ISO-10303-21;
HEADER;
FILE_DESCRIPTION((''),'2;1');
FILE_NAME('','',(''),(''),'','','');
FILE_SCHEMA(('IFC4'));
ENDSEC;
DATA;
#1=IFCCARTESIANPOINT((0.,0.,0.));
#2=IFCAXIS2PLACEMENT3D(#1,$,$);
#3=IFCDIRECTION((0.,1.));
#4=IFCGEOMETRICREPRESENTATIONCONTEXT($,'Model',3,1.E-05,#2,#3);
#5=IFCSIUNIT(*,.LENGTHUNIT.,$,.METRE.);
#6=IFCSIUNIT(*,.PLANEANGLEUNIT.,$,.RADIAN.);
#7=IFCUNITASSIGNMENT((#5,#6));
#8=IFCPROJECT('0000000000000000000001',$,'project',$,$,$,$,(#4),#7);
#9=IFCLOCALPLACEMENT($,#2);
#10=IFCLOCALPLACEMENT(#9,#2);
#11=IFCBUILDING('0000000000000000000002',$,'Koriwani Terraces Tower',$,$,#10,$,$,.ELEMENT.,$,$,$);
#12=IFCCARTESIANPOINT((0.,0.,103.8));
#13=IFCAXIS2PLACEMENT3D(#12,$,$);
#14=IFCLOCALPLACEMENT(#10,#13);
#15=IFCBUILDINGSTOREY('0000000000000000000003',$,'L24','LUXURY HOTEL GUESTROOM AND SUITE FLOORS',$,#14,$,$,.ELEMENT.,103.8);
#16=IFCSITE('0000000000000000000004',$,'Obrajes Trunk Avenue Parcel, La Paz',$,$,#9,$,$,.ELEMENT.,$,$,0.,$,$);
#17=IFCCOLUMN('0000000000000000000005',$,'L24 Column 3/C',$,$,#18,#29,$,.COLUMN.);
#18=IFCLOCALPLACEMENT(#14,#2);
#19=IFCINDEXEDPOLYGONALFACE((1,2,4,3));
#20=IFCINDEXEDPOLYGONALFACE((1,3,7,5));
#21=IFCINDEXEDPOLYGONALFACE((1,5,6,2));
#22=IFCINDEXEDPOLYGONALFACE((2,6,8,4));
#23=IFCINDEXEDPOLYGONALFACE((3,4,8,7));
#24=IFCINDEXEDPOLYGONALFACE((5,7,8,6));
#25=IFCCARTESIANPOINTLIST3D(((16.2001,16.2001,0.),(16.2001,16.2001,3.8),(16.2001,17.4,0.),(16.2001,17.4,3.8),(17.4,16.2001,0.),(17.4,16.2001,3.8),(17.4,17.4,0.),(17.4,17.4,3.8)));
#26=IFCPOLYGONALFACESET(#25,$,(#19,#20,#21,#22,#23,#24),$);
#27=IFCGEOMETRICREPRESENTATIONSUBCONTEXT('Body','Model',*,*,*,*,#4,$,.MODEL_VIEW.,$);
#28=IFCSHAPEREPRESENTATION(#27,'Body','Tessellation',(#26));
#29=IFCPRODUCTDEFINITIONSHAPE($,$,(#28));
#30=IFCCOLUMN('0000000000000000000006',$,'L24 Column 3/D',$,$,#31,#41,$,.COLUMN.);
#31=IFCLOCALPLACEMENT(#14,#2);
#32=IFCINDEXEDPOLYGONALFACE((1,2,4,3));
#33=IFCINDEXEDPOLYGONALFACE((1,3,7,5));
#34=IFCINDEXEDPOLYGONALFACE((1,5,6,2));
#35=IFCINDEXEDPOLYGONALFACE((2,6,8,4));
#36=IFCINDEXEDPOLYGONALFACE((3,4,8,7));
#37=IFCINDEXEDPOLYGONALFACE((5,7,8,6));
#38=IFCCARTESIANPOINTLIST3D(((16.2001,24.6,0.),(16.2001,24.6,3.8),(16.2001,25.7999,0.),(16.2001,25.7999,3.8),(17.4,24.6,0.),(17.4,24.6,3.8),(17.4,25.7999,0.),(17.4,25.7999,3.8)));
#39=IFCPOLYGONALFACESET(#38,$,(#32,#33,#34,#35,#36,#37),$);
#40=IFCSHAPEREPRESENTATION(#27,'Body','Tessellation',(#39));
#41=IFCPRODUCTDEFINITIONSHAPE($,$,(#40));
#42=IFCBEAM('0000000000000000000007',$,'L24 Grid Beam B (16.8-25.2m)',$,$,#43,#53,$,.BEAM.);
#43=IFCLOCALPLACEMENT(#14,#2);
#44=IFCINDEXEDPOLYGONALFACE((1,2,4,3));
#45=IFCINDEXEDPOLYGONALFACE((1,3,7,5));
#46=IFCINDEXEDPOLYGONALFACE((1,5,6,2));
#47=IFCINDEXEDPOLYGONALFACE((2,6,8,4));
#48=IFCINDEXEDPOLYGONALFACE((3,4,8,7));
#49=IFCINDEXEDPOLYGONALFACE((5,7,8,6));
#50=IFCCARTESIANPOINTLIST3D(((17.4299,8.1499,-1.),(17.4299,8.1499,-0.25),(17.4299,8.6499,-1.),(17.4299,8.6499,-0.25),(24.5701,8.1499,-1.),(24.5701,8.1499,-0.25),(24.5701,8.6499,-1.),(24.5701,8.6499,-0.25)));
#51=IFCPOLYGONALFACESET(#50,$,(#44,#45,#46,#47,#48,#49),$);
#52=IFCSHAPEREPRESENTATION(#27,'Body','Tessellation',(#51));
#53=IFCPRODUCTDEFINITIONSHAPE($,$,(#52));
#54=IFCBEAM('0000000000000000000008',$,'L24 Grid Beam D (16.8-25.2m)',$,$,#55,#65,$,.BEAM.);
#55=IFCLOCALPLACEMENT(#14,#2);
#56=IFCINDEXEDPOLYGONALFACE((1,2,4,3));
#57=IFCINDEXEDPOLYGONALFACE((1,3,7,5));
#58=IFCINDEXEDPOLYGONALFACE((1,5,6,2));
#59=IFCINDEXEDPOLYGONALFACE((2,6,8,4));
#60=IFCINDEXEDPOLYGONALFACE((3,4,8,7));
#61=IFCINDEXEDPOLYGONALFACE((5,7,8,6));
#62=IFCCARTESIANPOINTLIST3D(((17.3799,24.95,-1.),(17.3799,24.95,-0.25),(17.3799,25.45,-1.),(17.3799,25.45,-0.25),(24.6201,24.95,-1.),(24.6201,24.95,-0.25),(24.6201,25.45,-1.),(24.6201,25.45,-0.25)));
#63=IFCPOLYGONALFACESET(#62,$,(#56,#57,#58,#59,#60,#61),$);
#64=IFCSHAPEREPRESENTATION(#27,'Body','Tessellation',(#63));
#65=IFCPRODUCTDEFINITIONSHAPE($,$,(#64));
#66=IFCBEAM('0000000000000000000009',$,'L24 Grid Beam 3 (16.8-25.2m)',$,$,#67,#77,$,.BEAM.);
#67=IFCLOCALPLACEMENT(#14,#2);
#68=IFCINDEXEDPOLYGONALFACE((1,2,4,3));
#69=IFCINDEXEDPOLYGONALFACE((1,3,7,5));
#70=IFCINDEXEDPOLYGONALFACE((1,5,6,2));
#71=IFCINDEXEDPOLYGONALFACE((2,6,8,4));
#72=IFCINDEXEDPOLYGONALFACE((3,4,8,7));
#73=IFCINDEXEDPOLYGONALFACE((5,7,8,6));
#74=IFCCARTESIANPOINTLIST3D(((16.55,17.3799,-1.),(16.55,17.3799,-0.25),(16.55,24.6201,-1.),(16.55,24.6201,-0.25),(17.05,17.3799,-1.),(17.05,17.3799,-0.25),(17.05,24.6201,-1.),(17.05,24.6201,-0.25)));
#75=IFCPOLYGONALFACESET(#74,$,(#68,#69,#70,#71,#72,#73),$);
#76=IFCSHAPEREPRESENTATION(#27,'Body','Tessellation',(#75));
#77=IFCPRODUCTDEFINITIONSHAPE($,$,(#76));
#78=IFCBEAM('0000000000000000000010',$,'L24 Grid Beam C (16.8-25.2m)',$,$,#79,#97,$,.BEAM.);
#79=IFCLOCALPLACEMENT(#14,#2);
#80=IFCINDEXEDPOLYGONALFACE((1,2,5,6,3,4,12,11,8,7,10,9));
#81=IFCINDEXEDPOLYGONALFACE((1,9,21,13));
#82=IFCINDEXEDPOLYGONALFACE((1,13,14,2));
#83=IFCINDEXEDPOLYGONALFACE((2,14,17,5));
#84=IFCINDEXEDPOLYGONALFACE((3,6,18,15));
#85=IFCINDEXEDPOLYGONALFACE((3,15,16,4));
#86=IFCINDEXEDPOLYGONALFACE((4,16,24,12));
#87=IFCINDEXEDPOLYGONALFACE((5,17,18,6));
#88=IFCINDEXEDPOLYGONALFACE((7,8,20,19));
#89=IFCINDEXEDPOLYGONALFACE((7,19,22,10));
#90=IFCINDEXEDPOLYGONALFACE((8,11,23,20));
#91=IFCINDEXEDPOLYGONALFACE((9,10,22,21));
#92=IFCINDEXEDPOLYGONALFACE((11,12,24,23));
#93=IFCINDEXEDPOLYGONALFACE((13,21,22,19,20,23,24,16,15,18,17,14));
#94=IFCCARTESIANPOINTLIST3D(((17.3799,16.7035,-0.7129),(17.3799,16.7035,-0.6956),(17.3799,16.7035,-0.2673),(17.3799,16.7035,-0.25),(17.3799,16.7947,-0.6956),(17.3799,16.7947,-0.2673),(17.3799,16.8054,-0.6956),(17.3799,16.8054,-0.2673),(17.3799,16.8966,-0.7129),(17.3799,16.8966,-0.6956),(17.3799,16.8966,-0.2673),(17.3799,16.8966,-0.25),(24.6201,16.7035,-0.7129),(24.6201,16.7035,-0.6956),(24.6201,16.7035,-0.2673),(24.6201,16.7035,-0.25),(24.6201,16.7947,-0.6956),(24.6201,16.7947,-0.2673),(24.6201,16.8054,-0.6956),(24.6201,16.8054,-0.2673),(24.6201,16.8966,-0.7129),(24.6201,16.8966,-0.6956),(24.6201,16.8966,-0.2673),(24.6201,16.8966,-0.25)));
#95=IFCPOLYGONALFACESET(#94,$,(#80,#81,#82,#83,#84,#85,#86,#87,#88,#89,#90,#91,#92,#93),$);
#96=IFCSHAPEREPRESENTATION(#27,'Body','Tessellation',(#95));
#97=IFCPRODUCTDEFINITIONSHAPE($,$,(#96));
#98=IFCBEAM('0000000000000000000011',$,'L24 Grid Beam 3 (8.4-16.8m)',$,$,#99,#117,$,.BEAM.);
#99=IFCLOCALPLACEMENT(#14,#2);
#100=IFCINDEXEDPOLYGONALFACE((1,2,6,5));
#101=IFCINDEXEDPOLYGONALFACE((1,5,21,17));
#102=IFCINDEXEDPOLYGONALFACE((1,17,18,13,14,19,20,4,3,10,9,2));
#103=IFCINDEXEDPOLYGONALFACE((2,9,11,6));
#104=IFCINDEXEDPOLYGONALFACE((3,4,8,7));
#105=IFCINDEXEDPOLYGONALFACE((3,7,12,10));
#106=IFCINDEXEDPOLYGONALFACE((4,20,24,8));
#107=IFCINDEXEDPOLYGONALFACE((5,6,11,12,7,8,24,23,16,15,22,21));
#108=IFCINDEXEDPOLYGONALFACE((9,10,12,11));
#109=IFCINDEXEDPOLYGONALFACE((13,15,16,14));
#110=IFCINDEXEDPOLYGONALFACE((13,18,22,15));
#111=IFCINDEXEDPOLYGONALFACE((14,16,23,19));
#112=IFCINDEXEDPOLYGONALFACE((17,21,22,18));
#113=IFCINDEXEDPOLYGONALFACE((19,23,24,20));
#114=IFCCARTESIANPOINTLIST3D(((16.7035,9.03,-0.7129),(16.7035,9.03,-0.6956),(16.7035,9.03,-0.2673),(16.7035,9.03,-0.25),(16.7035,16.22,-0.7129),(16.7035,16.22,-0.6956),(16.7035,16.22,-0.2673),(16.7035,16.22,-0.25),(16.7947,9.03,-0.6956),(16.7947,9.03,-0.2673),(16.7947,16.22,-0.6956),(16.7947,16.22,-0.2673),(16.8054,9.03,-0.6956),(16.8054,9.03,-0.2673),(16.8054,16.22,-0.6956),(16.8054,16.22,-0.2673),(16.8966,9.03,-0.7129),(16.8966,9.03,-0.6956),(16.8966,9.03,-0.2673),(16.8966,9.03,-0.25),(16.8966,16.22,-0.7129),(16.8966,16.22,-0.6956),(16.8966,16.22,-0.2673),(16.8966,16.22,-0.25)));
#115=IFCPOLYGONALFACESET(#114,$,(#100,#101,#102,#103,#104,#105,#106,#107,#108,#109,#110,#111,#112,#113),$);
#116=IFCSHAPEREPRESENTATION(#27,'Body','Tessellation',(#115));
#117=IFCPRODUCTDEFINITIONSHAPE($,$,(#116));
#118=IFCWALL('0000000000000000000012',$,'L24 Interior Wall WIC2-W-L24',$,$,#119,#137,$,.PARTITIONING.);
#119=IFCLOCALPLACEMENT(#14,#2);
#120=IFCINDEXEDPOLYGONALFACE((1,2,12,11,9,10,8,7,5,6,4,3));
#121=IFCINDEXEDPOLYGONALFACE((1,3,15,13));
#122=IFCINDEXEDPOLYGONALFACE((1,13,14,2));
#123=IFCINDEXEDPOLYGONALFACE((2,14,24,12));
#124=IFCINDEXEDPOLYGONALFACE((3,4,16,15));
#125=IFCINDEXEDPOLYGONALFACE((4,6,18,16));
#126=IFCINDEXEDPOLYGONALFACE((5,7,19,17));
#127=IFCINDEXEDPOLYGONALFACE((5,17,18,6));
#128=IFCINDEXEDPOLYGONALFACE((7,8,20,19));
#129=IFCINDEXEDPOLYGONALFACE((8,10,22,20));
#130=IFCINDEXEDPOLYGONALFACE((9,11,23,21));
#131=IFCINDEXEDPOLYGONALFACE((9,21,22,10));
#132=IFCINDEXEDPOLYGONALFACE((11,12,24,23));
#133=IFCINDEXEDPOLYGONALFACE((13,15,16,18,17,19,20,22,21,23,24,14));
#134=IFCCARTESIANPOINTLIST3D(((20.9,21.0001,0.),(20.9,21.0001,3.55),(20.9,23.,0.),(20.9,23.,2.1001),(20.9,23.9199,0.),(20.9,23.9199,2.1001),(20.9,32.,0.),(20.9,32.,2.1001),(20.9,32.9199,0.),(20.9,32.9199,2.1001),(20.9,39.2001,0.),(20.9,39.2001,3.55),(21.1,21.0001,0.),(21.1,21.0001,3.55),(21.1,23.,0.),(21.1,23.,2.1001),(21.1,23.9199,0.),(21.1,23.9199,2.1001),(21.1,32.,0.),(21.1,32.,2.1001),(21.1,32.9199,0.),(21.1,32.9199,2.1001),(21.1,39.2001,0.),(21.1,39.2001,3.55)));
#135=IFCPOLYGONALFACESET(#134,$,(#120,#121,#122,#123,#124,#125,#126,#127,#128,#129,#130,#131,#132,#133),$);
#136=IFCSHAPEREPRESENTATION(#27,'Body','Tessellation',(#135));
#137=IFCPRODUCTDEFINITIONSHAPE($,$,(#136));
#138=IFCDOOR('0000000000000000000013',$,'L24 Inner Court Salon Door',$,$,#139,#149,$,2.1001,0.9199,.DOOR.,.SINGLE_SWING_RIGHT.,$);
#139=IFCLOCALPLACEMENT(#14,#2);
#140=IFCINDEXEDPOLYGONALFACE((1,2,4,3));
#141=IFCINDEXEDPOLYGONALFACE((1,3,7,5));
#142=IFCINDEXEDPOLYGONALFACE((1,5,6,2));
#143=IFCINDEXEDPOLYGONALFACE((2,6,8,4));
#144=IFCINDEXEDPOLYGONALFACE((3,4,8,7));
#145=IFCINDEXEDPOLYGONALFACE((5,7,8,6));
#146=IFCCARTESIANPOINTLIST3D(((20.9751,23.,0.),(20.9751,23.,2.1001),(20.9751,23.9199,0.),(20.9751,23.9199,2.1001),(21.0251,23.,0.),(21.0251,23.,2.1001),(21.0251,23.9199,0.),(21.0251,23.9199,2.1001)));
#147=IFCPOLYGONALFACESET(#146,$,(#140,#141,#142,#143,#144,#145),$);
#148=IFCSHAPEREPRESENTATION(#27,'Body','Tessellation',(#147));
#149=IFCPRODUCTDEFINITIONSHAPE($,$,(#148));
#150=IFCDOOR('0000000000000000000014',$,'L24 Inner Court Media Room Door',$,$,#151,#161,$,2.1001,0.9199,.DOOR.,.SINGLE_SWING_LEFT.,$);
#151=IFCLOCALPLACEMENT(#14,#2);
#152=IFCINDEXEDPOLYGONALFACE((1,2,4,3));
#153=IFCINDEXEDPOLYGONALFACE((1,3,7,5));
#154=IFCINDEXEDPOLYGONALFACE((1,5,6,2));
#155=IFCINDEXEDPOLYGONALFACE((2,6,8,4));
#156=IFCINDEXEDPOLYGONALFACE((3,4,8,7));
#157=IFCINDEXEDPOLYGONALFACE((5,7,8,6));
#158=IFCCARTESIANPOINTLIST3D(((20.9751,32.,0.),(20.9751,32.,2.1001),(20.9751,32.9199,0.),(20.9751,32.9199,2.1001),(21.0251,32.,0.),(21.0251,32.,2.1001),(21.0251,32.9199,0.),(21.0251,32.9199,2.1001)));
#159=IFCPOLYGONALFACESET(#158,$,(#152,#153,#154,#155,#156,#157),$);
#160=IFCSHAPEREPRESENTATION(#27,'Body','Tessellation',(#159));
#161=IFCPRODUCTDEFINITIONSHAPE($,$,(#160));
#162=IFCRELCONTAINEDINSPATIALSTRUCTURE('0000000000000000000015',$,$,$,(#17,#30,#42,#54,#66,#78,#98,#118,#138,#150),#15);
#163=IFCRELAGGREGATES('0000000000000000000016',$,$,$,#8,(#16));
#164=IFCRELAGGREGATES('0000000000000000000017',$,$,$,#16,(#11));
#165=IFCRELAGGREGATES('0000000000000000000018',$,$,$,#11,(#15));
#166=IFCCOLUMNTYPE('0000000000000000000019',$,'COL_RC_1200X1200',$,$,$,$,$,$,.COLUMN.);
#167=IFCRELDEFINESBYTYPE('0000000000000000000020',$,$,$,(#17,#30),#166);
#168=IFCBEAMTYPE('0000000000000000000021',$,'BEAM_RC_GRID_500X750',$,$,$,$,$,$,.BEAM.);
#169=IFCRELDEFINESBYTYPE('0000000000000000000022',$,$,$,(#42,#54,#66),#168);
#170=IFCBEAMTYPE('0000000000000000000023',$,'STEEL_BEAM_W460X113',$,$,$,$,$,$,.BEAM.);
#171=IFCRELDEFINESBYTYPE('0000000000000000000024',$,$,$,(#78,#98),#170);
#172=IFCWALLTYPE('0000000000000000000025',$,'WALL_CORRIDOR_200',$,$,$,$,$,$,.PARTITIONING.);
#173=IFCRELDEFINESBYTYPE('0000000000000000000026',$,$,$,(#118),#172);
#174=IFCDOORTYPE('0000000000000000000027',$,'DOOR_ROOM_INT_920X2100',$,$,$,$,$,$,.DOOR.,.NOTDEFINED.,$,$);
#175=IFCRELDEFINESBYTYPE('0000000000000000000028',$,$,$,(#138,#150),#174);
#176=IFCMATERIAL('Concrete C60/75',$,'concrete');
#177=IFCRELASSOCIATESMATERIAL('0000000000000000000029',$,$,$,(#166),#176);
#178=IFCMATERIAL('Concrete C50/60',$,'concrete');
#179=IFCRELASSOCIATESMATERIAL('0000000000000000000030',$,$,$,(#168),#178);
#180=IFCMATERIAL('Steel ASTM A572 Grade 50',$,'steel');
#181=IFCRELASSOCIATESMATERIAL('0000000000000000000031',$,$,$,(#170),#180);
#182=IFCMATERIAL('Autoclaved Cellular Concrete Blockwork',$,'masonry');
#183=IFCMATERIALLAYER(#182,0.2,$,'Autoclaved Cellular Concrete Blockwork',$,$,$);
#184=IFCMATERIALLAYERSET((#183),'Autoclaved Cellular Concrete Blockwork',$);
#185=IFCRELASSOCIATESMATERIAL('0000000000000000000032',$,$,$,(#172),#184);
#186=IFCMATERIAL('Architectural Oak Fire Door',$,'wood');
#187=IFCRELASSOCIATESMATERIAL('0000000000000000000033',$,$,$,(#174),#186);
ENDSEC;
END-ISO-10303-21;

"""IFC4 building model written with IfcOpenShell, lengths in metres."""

from ifc_helpers import new_model, si_unit, direction, frame, frame_2d, origin, origin_2d, place, context, subcontext, project, spatial, rectangle, i_section, extrude, material, layer, layer_set, material_profile, profile_set, type_object, element, fill, save


model = new_model("IFC4")

# Units and contexts
model_context = context("Model", 3, precision=1e-05, world=origin(), true_north=direction((0.0, 1.0)))
body_context = subcontext(model_context, "Body", "Model", "MODEL_VIEW")
ifc_project = project(units=[si_unit("LENGTHUNIT", "METRE"), si_unit("PLANEANGLEUNIT", "RADIAN")], contexts=[model_context])

# Site, building, storey
site_placement = place(None, origin())
site = spatial("IfcSite", under=ifc_project, at=site_placement, Name="Obrajes Trunk Avenue Parcel, La Paz", CompositionType="ELEMENT", RefElevation=0.0)
building_placement = place(site_placement, origin())
building = spatial("IfcBuilding", under=site, at=building_placement, Name="Koriwani Terraces Tower", CompositionType="ELEMENT")
storey_placement = place(building_placement, frame((0.0, 0.0, 103.8)))
storey = spatial("IfcBuildingStorey", under=building, at=storey_placement, Name="L24", Description="LUXURY HOTEL GUESTROOM AND SUITE FLOORS", CompositionType="ELEMENT", Elevation=103.8)

# Columns
ifc_material_1 = material(Name="Concrete C60/75", Category="concrete")
ifc_material_profile_1 = material_profile(ifc_material_1, rectangle(XDim=1.2, YDim=1.2, at=origin_2d()), Name="Concrete C60/75", Category="LoadBearing")
ifc_profile_set_1 = profile_set([ifc_material_profile_1], Name="Concrete C60/75")
column_type = type_object("IfcColumnType", Name="COL_RC_1200X1200", PredefinedType="COLUMN", material=ifc_profile_set_1)
for number, where, z_axis, x_axis, name in (
    (1, (16.8, 16.8, 0.0), (0.0, 0.0, 1.0), (1.0, 0.0, 0.0), "L24 Column 3/C"),
    (2, (16.8, 25.2, 0.0), (0.0, 0.0, 1.0), (1.0, 0.0, 0.0), "L24 Column 3/D"),
):
    element("IfcColumn", number, at=place(storey_placement, frame(where, z_axis=z_axis, x_axis=x_axis)), inside=storey, type_object=column_type, Name=name, PredefinedType="COLUMN", context=body_context, shape_type="SweptSolid", body=[
        extrude(rectangle(XDim=1.2, YDim=1.2, at=origin_2d()), origin(), (0.0, 0.0, 1.0), 3.8),
    ])

# Beams
ifc_material_2 = material(Name="Concrete C50/60", Category="concrete")
ifc_material_profile_2 = material_profile(ifc_material_2, rectangle(XDim=0.5, YDim=0.75, at=origin_2d()), Name="Concrete C50/60", Category="LoadBearing")
ifc_profile_set_2 = profile_set([ifc_material_profile_2], Name="Concrete C50/60")
beam_type_1 = type_object("IfcBeamType", Name="BEAM_RC_GRID_500X750", PredefinedType="BEAM", material=ifc_profile_set_2)
beam_1_placement = place(storey_placement, frame((17.4299, 8.3999, -0.625), z_axis=(1.0, 0.0, 0.0), x_axis=(0.0, 1.0, 0.0)))
element("IfcBeam", 3, at=beam_1_placement, inside=storey, type_object=beam_type_1, Name="L24 Grid Beam B (16.8-25.2m)", PredefinedType="BEAM", context=body_context, shape_type="SweptSolid", body=[
    extrude(rectangle(XDim=0.5, YDim=0.75, at=origin_2d()), origin(), (0.0, 0.0, 1.0), 7.1401),
])
for number, where, z_axis, x_axis, name in (
    (4, (17.3799, 25.2, -0.625), (1.0, 0.0, 0.0), (0.0, 1.0, 0.0), "L24 Grid Beam D (16.8-25.2m)"),
    (5, (16.8, 17.3799, -0.625), (0.0, 1.0, 0.0), (-1.0, 0.0, 0.0), "L24 Grid Beam 3 (16.8-25.2m)"),
):
    element("IfcBeam", number, at=place(storey_placement, frame(where, z_axis=z_axis, x_axis=x_axis)), inside=storey, type_object=beam_type_1, Name=name, PredefinedType="BEAM", context=body_context, shape_type="SweptSolid", body=[
        extrude(rectangle(XDim=0.5, YDim=0.75, at=origin_2d()), origin(), (0.0, 0.0, 1.0), 7.2402),
    ])
ifc_material_3 = material(Name="Steel ASTM A572 Grade 50", Category="steel")
ifc_material_profile_3 = material_profile(ifc_material_3, i_section(OverallWidth=0.1931, OverallDepth=0.4629, WebThickness=0.0107, FlangeThickness=0.0173, at=origin_2d()), Name="Steel ASTM A572 Grade 50", Category="LoadBearing")
ifc_profile_set_3 = profile_set([ifc_material_profile_3], Name="Steel ASTM A572 Grade 50")
beam_type_2 = type_object("IfcBeamType", Name="STEEL_BEAM_W460X113", PredefinedType="BEAM", material=ifc_profile_set_3)
beam_2_placement = place(storey_placement, frame((17.3799, 16.8, -0.4814), z_axis=(1.0, 0.0, 0.0), x_axis=(0.0, 1.0, 0.0)))
element("IfcBeam", 6, at=beam_2_placement, inside=storey, type_object=beam_type_2, Name="L24 Grid Beam C (16.8-25.2m)", PredefinedType="BEAM", context=body_context, shape_type="SweptSolid", body=[
    extrude(i_section(OverallWidth=0.1931, OverallDepth=0.4629, WebThickness=0.0107, FlangeThickness=0.0173, at=origin_2d()), origin(), (0.0, 0.0, 1.0), 7.2402),
])
beam_3_placement = place(storey_placement, frame((16.8, 9.03, -0.4814), z_axis=(0.0, 1.0, 0.0), x_axis=(-1.0, 0.0, 0.0)))
element("IfcBeam", 7, at=beam_3_placement, inside=storey, type_object=beam_type_2, Name="L24 Grid Beam 3 (8.4-16.8m)", PredefinedType="BEAM", context=body_context, shape_type="SweptSolid", body=[
    extrude(i_section(OverallWidth=0.1931, OverallDepth=0.4629, WebThickness=0.0107, FlangeThickness=0.0173, at=origin_2d()), origin(), (0.0, 0.0, 1.0), 7.1899),
])

# Wall, openings, doors
ifc_material_4 = material(Name="Autoclaved Cellular Concrete Blockwork", Category="masonry")
ifc_layer_1 = layer(ifc_material_4, 0.2, Name="Autoclaved Cellular Concrete Blockwork")
ifc_layer_set_1 = layer_set([ifc_layer_1], Name="Autoclaved Cellular Concrete Blockwork")
wall_type_1 = type_object("IfcWallType", Name="WALL_CORRIDOR_200", PredefinedType="PARTITIONING", material=ifc_layer_set_1)
wall_1_placement = place(storey_placement, frame((21.0, 21.0, 0.0), z_axis=(0.0, 0.0, 1.0), x_axis=(0.0, 1.0, 0.0)))
wall_1 = element("IfcWall", 8, at=wall_1_placement, inside=storey, type_object=wall_type_1, Name="L24 Interior Wall WIC2-W-L24", PredefinedType="PARTITIONING", context=body_context, shape_type="SweptSolid", body=[
    extrude(rectangle(XDim=18.2, YDim=0.2, at=frame_2d((9.1001, 0.0))), origin(), (0.0, 0.0, 1.0), 3.55),
])
opening_1_placement = place(wall_1_placement, frame((2.0, 0.0, 0.0)))
opening_1 = element("IfcOpeningElement", 9, at=opening_1_placement, cuts=wall_1, PredefinedType="OPENING", context=body_context, shape_type="SweptSolid", body=[
    extrude(rectangle(XDim=0.9199, YDim=2.1001, at=frame_2d((0.46, 1.05))), frame((0.0, 0.1099, 0.0), z_axis=(0.0, -1.0, 0.0), x_axis=(1.0, 0.0, 0.0)), (0.0, 0.0, 1.0), 0.22),
])
opening_2_placement = place(wall_1_placement, frame((11.0, 0.0, 0.0)))
opening_2 = element("IfcOpeningElement", 10, at=opening_2_placement, cuts=wall_1, PredefinedType="OPENING", context=body_context, shape_type="SweptSolid", body=[
    extrude(rectangle(XDim=0.9199, YDim=2.1001, at=frame_2d((0.46, 1.05))), frame((0.0, 0.1099, 0.0), z_axis=(0.0, -1.0, 0.0), x_axis=(1.0, 0.0, 0.0)), (0.0, 0.0, 1.0), 0.22),
])
ifc_material_5 = material(Name="Architectural Oak Fire Door", Category="wood")
door_type_1 = type_object("IfcDoorType", Name="DOOR_ROOM_INT_920X2100", OperationType="NOTDEFINED", PredefinedType="DOOR", material=ifc_material_5)
door_1_placement = place(opening_1_placement, origin())
door_1 = element("IfcDoor", 11, at=door_1_placement, inside=storey, type_object=door_type_1, Name="L24 Inner Court Salon Door", OperationType="SINGLE_SWING_RIGHT", OverallHeight=2.1001, OverallWidth=0.9199, PredefinedType="DOOR", context=body_context, shape_type="SweptSolid", body=[
    extrude(rectangle(XDim=0.9199, YDim=2.1001, at=frame_2d((0.46, 1.05))), frame((0.0, 0.0249, 0.0), z_axis=(0.0, -1.0, 0.0), x_axis=(1.0, 0.0, 0.0)), (0.0, 0.0, 1.0), 0.05),
])
fill(opening_1, door_1)
door_2_placement = place(opening_2_placement, origin())
door_2 = element("IfcDoor", 12, at=door_2_placement, inside=storey, type_object=door_type_1, Name="L24 Inner Court Media Room Door", OperationType="SINGLE_SWING_LEFT", OverallHeight=2.1001, OverallWidth=0.9199, PredefinedType="DOOR", context=body_context, shape_type="SweptSolid", body=[
    extrude(rectangle(XDim=0.9199, YDim=2.1001, at=frame_2d((0.46, 1.05))), frame((0.0, 0.0249, 0.0), z_axis=(0.0, -1.0, 0.0), x_axis=(1.0, 0.0, 0.0)), (0.0, 0.0, 1.0), 0.05),
])
fill(opening_2, door_2)

save(model, "model.ifc")
